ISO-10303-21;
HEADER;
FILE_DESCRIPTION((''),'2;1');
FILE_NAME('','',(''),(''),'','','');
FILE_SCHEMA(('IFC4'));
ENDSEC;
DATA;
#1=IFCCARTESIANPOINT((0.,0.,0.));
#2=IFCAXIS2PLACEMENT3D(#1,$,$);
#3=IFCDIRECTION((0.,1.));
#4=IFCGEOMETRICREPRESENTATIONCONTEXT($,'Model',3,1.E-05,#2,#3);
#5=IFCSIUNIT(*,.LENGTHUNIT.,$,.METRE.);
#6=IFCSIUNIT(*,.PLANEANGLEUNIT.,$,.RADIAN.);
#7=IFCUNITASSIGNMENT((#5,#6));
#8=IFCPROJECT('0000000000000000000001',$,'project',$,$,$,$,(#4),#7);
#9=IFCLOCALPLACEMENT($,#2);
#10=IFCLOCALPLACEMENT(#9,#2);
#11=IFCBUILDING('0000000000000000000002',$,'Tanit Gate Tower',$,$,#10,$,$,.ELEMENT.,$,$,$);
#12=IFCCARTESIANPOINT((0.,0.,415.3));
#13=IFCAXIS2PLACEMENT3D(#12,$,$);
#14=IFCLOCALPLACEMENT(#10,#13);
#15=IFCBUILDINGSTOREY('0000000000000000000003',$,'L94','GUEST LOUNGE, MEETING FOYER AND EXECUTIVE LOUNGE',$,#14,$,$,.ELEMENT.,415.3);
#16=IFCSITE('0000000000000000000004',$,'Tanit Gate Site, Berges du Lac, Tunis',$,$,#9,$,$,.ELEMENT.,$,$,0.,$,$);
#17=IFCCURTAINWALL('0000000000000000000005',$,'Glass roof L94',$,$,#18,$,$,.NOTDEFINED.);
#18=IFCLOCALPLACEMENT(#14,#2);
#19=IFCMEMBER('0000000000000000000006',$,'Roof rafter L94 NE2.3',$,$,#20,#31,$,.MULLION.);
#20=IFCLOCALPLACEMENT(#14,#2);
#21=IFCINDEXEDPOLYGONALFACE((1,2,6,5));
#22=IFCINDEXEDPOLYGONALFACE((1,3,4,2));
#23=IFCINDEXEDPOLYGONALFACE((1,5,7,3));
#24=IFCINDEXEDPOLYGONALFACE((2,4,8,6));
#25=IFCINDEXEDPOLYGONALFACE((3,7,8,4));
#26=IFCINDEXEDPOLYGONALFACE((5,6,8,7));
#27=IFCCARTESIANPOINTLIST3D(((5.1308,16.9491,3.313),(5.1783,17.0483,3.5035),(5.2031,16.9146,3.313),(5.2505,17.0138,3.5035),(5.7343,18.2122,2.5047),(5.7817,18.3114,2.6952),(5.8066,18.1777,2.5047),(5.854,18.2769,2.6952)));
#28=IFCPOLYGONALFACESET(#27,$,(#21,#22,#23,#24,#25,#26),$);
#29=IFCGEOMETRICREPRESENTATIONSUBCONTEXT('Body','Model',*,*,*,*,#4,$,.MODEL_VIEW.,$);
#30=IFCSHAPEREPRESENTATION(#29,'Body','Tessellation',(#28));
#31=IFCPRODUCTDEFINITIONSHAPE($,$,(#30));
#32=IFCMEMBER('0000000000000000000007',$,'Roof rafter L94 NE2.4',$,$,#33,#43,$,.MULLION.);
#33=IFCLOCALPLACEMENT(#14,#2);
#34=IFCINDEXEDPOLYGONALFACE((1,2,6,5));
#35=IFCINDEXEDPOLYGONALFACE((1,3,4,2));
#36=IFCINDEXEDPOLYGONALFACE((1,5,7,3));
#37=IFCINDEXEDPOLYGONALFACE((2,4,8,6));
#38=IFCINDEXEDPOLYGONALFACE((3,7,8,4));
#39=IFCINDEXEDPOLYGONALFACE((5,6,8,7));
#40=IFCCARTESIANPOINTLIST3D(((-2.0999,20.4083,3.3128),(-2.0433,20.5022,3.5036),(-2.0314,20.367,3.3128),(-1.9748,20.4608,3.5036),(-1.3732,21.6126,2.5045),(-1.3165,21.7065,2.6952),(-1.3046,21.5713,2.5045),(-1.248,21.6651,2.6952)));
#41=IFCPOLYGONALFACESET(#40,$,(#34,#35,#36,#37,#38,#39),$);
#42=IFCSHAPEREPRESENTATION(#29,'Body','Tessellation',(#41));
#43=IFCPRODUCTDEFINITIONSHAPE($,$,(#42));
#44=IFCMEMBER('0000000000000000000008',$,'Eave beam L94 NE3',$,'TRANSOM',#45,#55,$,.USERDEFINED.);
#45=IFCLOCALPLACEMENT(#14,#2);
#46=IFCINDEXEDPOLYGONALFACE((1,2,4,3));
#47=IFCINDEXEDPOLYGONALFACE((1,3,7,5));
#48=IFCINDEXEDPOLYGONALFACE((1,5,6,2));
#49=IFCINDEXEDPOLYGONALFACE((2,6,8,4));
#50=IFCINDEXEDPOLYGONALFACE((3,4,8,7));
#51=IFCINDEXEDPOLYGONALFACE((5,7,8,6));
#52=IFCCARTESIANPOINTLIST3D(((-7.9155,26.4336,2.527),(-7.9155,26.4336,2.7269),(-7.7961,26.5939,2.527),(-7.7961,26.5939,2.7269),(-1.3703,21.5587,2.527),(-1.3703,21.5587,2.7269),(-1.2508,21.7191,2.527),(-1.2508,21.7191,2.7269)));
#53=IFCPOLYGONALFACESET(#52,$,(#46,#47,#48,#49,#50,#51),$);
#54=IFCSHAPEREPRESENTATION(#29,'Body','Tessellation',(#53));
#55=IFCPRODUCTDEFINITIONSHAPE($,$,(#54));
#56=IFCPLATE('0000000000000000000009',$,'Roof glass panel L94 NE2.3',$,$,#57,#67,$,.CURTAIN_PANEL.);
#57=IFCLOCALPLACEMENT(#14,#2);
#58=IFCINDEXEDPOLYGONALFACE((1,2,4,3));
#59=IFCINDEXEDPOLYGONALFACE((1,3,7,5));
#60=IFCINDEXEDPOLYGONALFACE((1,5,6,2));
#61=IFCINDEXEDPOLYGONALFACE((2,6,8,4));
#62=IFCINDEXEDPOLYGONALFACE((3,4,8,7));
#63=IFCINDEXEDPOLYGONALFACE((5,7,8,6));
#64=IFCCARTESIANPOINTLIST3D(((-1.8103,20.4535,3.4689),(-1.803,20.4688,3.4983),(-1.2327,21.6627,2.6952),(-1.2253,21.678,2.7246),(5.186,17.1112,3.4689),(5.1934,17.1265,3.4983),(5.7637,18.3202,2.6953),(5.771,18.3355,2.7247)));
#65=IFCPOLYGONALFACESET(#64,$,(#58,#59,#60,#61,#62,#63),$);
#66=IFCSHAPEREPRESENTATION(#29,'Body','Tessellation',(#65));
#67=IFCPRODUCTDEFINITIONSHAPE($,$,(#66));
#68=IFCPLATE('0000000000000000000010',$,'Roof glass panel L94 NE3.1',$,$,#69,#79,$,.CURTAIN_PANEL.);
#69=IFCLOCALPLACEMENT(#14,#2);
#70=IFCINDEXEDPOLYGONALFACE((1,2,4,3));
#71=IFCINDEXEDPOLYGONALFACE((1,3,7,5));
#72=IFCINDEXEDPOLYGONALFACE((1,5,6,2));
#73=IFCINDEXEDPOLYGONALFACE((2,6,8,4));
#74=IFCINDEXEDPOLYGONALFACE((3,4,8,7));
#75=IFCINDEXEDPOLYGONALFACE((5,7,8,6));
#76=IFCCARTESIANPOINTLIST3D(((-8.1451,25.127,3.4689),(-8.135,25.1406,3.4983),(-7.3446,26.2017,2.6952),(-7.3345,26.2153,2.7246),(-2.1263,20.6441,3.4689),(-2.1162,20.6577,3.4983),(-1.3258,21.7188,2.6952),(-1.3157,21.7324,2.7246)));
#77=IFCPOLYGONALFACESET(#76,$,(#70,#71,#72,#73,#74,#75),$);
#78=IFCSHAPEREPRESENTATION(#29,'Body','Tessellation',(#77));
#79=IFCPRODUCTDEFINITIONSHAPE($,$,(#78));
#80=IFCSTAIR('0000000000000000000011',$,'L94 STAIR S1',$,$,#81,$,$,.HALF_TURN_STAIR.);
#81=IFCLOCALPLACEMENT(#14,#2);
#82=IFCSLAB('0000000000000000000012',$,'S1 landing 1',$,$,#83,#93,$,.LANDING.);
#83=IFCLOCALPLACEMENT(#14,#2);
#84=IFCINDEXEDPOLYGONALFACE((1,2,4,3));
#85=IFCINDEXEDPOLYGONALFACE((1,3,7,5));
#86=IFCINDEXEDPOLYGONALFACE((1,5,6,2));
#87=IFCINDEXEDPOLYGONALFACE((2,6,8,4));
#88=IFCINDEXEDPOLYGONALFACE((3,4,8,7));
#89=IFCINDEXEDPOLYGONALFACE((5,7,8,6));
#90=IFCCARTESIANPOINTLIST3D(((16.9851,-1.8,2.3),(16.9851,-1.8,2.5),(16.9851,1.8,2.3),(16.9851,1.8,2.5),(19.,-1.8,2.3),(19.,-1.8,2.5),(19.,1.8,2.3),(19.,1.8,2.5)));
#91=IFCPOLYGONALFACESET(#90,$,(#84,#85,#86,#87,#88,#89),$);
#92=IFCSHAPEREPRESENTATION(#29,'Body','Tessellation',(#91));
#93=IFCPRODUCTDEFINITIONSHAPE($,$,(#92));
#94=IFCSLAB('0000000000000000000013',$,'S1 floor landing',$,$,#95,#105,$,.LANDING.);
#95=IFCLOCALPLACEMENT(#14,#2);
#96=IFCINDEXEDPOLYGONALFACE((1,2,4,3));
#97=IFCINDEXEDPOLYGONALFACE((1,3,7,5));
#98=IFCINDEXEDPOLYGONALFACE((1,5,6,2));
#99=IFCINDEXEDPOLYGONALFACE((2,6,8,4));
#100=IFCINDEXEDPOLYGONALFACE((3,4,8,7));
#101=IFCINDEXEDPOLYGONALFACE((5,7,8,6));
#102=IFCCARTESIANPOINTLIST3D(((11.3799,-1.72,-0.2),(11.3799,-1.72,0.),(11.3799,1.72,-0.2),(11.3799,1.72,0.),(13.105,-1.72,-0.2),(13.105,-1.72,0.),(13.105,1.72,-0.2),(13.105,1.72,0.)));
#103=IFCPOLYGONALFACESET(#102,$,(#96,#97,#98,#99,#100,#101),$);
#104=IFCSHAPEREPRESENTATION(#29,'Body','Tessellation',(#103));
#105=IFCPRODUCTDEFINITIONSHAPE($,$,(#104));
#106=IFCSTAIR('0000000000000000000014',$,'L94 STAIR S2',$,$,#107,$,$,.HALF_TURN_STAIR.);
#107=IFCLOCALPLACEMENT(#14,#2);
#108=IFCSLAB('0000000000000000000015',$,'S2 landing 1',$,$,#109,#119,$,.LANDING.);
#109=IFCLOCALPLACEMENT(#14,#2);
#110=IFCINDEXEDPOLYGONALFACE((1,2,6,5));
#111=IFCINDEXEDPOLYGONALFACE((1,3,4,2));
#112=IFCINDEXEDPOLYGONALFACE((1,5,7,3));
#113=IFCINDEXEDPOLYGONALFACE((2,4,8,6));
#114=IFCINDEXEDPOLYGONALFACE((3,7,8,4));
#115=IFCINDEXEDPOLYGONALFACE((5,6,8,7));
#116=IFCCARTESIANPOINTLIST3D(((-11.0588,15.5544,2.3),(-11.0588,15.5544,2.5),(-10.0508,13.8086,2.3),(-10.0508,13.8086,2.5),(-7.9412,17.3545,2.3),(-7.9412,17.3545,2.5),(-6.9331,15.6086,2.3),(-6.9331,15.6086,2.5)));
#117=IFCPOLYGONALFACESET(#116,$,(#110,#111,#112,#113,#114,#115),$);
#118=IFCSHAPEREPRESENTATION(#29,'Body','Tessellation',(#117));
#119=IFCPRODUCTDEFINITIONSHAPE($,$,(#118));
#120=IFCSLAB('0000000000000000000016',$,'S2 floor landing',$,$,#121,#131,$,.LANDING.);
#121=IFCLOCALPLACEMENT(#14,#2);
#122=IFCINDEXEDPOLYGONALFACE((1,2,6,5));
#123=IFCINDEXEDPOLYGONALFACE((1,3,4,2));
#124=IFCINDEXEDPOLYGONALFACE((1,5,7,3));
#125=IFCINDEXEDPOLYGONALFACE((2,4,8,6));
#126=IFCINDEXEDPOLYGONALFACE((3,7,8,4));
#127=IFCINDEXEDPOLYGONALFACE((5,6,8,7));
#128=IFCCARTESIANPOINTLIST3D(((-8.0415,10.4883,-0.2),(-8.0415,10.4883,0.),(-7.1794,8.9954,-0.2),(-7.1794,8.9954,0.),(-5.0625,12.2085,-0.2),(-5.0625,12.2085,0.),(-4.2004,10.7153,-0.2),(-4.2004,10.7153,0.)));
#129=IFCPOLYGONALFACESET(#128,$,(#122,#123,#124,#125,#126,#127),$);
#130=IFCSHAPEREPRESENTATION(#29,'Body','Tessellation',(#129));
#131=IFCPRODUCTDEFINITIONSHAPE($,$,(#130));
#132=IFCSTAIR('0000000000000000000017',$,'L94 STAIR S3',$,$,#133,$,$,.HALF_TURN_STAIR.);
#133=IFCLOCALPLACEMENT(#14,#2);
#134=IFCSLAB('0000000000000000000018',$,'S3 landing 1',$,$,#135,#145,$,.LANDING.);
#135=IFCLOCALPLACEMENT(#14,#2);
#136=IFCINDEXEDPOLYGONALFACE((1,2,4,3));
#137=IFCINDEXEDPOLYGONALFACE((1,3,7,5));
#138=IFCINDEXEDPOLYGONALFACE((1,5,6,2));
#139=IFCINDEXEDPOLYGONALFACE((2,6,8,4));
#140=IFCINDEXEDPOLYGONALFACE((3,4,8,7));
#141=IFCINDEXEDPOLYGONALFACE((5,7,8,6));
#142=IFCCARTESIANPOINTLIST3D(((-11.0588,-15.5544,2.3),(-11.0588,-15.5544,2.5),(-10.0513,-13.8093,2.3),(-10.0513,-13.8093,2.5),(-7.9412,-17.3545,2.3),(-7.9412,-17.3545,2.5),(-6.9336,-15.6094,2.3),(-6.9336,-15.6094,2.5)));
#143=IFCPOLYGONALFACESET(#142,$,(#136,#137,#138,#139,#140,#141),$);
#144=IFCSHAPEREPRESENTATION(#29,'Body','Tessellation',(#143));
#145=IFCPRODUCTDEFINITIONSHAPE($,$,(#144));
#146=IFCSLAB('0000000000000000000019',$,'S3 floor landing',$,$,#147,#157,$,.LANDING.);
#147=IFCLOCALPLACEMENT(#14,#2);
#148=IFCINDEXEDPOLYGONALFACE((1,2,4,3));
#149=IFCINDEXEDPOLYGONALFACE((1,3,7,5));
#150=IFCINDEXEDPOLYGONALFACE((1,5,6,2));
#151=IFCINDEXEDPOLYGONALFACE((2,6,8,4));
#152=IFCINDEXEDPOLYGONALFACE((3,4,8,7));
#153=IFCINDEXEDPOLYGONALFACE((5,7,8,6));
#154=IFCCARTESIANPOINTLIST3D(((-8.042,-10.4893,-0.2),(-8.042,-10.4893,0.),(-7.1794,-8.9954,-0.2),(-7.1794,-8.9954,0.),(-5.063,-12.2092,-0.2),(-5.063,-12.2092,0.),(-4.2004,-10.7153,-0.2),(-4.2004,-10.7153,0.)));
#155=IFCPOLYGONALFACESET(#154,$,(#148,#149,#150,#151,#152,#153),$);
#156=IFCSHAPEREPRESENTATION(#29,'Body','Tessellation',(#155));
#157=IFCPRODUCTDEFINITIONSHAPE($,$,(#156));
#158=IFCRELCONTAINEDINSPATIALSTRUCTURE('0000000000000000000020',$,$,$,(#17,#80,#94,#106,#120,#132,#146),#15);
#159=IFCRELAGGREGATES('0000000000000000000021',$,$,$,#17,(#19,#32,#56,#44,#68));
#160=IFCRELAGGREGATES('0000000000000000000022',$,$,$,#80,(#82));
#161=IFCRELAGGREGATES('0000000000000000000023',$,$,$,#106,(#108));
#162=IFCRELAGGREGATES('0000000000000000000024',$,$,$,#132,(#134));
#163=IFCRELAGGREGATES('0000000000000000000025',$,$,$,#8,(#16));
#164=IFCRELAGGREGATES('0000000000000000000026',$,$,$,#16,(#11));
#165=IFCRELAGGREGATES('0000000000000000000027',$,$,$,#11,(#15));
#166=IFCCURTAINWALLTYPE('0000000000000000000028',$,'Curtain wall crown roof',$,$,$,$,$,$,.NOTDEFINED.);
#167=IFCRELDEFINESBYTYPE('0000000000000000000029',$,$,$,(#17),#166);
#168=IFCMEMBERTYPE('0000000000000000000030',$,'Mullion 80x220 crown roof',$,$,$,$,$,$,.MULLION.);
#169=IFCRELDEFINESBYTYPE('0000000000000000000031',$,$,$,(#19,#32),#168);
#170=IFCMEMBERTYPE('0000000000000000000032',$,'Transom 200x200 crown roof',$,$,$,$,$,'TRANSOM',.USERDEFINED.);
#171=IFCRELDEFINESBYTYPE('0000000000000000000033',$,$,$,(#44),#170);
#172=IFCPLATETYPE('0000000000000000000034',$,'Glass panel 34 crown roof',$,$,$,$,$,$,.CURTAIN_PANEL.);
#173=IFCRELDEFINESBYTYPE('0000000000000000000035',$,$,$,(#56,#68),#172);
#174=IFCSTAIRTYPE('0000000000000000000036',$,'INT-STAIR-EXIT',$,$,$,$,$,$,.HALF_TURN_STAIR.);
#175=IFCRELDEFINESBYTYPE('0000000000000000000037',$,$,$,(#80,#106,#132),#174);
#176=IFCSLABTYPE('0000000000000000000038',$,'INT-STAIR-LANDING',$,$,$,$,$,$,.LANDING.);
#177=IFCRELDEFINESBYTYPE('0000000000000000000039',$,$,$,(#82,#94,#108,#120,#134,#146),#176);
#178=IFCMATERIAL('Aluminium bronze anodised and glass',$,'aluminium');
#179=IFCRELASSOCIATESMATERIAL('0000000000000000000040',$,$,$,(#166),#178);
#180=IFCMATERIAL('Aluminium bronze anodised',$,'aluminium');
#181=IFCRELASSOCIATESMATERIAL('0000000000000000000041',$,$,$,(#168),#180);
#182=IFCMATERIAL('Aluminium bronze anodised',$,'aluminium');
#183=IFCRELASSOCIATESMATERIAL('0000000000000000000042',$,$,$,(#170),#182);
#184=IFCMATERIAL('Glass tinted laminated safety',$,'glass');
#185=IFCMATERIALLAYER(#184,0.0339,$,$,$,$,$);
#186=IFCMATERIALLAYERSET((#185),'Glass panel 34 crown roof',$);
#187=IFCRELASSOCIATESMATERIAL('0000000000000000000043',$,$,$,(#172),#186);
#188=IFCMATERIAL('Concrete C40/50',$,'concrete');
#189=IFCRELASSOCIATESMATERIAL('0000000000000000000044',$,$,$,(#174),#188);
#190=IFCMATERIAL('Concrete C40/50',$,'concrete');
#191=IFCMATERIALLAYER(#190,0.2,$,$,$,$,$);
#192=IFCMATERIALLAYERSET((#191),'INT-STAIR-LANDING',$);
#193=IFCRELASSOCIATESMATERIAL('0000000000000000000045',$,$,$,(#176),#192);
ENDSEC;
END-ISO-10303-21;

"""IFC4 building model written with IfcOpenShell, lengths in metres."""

from ifc_helpers import new_model, si_unit, direction, frame, origin, origin_2d, place, context, subcontext, project, spatial, polyline, rectangle, outline, extrude, material, layer, layer_set, material_profile, profile_set, type_object, element, aggregate, save


model = new_model("IFC4")

# Units and contexts
model_context = context("Model", 3, precision=1e-05, world=origin(), true_north=direction((0.0, 1.0)))
body_context = subcontext(model_context, "Body", "Model", "MODEL_VIEW")
ifc_project = project(units=[si_unit("LENGTHUNIT", "METRE"), si_unit("PLANEANGLEUNIT", "RADIAN")], contexts=[model_context])

# Site, building, storey
site_placement = place(None, origin())
site = spatial("IfcSite", under=ifc_project, at=site_placement, Name="Tanit Gate Site, Berges du Lac, Tunis", CompositionType="ELEMENT", RefElevation=0.0)
building_placement = place(site_placement, origin())
building = spatial("IfcBuilding", under=site, at=building_placement, Name="Tanit Gate Tower", CompositionType="ELEMENT")
storey_placement = place(building_placement, frame((0.0, 0.0, 415.3)))
storey = spatial("IfcBuildingStorey", under=building, at=storey_placement, Name="L94", Description="GUEST LOUNGE, MEETING FOYER AND EXECUTIVE LOUNGE", CompositionType="ELEMENT", Elevation=415.3)

# Curtain wall, members, plates
ifc_material_1 = material(Name="Aluminium bronze anodised and glass", Category="aluminium")
curtain_wall_type = type_object("IfcCurtainWallType", Name="Curtain wall crown roof", PredefinedType="NOTDEFINED", material=ifc_material_1)
curtain_wall_placement = place(storey_placement, origin())
curtain_wall = element("IfcCurtainWall", 1, at=curtain_wall_placement, inside=storey, type_object=curtain_wall_type, Name="Glass roof L94", PredefinedType="NOTDEFINED")
ifc_material_2 = material(Name="Aluminium bronze anodised", Category="aluminium")
ifc_material_profile_1 = material_profile(ifc_material_2, rectangle(XDim=0.0801, YDim=0.22, at=origin_2d()), Name="80x220 bronze rafter")
ifc_profile_set_1 = profile_set([ifc_material_profile_1], Name="Aluminium bronze anodised")
member_type_1 = type_object("IfcMemberType", Name="Mullion 80x220 crown roof", PredefinedType="MULLION", material=ifc_profile_set_1)
member_1_placement = place(storey_placement, frame((5.1907, 16.9814, 3.4082), z_axis=(0.373331, 0.781398, -0.500041), x_axis=(-0.902305, 0.431098, 0.0)))
member_1 = element("IfcMember", 2, at=member_1_placement, type_object=member_type_1, Name="Roof rafter L94 NE2.3", PredefinedType="MULLION", context=body_context, shape_type="SweptSolid", body=[
    extrude(rectangle(XDim=0.0801, YDim=0.22, at=origin_2d()), origin(), (0.0, 0.0, 1.0), 1.6165),
])
member_2_placement = place(storey_placement, frame((-2.0374, 20.4346, 3.4082), z_axis=(0.447987, 0.742331, -0.498248), x_axis=(-0.856173, 0.516689, 0.0)))
member_2 = element("IfcMember", 3, at=member_2_placement, type_object=member_type_1, Name="Roof rafter L94 NE2.4", PredefinedType="MULLION", context=body_context, shape_type="SweptSolid", body=[
    extrude(rectangle(XDim=0.0801, YDim=0.22, at=origin_2d()), origin(), (0.0, 0.0, 1.0), 1.6223),
])
ifc_material_3 = material(Name="Aluminium bronze anodised", Category="aluminium")
ifc_material_profile_2 = material_profile(ifc_material_3, rectangle(XDim=0.2, YDim=0.2, at=origin_2d()), Name="200x200 bronze transom")
ifc_profile_set_2 = profile_set([ifc_material_profile_2], Name="Aluminium bronze anodised")
member_type_2 = type_object("IfcMemberType", Name="Transom 200x200 crown roof", ElementType="TRANSOM", PredefinedType="USERDEFINED", material=ifc_profile_set_2)
member_3_placement = place(storey_placement, frame((-1.3105, 21.6389, 2.627), z_axis=(-0.802002, 0.597321, 0.0), x_axis=(-0.597321, -0.802002, 0.0)))
member_3 = element("IfcMember", 4, at=member_3_placement, type_object=member_type_2, Name="Eave beam L94 NE3", ObjectType="TRANSOM", PredefinedType="USERDEFINED", context=body_context, shape_type="SweptSolid", body=[
    extrude(rectangle(XDim=0.2, YDim=0.2, at=origin_2d()), origin(), (0.0, 0.0, 1.0), 8.1611),
])
ifc_material_4 = material(Name="Glass tinted laminated safety", Category="glass")
ifc_layer_1 = layer(ifc_material_4, 0.0339)
ifc_layer_set_1 = layer_set([ifc_layer_1], Name="Glass panel 34 crown roof")
plate_type = type_object("IfcPlateType", Name="Glass panel 34 crown roof", PredefinedType="CURTAIN_PANEL", material=ifc_layer_set_1)
plate_1_placement = place(storey_placement, frame((5.1934, 17.1265, 3.4983), z_axis=(0.215542, 0.451173, 0.866017), x_axis=(-0.902323, 0.431061, 0.000006)))
plate_1 = element("IfcPlate", 5, at=plate_1_placement, type_object=plate_type, Name="Roof glass panel L94 NE2.3", PredefinedType="CURTAIN_PANEL", context=body_context, shape_type="SweptSolid", body=[
    extrude(outline(polyline([(0.0, 0.0), (7.7537, 0.0), (7.7537, -1.5474), (-0.0001, -1.5472), (0.0, 0.0)])), origin(), (0.0, 0.0, -1.0), 0.0339),
])
plate_2_placement = place(storey_placement, frame((-2.1162, 20.6577, 3.4983), z_axis=(0.298662, 0.400986, 0.866032), x_axis=(-0.80199, 0.597337, 0.0)))
plate_2 = element("IfcPlate", 6, at=plate_2_placement, type_object=plate_type, Name="Roof glass panel L94 NE3.1", PredefinedType="CURTAIN_PANEL", context=body_context, shape_type="SweptSolid", body=[
    extrude(outline(polyline([(0.0, 0.0), (7.5048, 0.0), (7.5048, -1.5474), (-0.0001, -1.5474), (0.0, 0.0)])), origin(), (0.0, 0.0, -1.0), 0.0339),
])
aggregate(curtain_wall, [member_1, member_2, plate_1, member_3, plate_2])

# Stair, slab
ifc_material_5 = material(Name="Concrete C40/50", Category="concrete")
stair_type = type_object("IfcStairType", Name="INT-STAIR-EXIT", PredefinedType="HALF_TURN_STAIR", material=ifc_material_5)
stair_1_placement = place(storey_placement, origin())
stair_1 = element("IfcStair", 7, at=stair_1_placement, inside=storey, type_object=stair_type, Name="L94 STAIR S1", PredefinedType="HALF_TURN_STAIR")
ifc_material_6 = material(Name="Concrete C40/50", Category="concrete")
ifc_layer_2 = layer(ifc_material_6, 0.2)
ifc_layer_set_2 = layer_set([ifc_layer_2], Name="INT-STAIR-LANDING")
slab_type_1 = type_object("IfcSlabType", Name="INT-STAIR-LANDING", PredefinedType="LANDING", material=ifc_layer_set_2)
slab_1_placement = place(storey_placement, frame((0.0, 0.0, 2.3)))
slab_1 = element("IfcSlab", 8, at=slab_1_placement, type_object=slab_type_1, Name="S1 landing 1", PredefinedType="LANDING", context=body_context, shape_type="SweptSolid", body=[
    extrude(outline(polyline([(16.9851, -1.8), (19.0, -1.8), (19.0, 1.8), (16.9851, 1.8), (16.9851, -1.8)])), origin(), (0.0, 0.0, 1.0), 0.2),
])
aggregate(stair_1, [slab_1])

# Slab
slab_2_placement = place(storey_placement, frame((0.0, 0.0, -0.2)))
element("IfcSlab", 9, at=slab_2_placement, inside=storey, type_object=slab_type_1, Name="S1 floor landing", PredefinedType="LANDING", context=body_context, shape_type="SweptSolid", body=[
    extrude(outline(polyline([(11.3799, -1.72), (13.105, -1.72), (13.105, 1.72), (11.3799, 1.72), (11.3799, -1.72)])), origin(), (0.0, 0.0, 1.0), 0.2),
])

# Stair, slab
stair_2_placement = place(storey_placement, origin())
stair_2 = element("IfcStair", 10, at=stair_2_placement, inside=storey, type_object=stair_type, Name="L94 STAIR S2", PredefinedType="HALF_TURN_STAIR")
slab_3_placement = place(storey_placement, frame((0.0, 0.0, 2.3)))
slab_3 = element("IfcSlab", 11, at=slab_3_placement, type_object=slab_type_1, Name="S2 landing 1", PredefinedType="LANDING", context=body_context, shape_type="SweptSolid", body=[
    extrude(outline(polyline([(-6.9331, 15.6086), (-7.9412, 17.3545), (-11.0588, 15.5544), (-10.0508, 13.8086), (-6.9331, 15.6086)])), origin(), (0.0, 0.0, 1.0), 0.2),
])
aggregate(stair_2, [slab_3])

# Slab
slab_4_placement = place(storey_placement, frame((0.0, 0.0, -0.2)))
element("IfcSlab", 12, at=slab_4_placement, inside=storey, type_object=slab_type_1, Name="S2 floor landing", PredefinedType="LANDING", context=body_context, shape_type="SweptSolid", body=[
    extrude(outline(polyline([(-4.2004, 10.7153), (-5.0625, 12.2085), (-8.0415, 10.4883), (-7.1794, 8.9954), (-4.2004, 10.7153)])), origin(), (0.0, 0.0, 1.0), 0.2),
])

# Stair, slab
stair_3_placement = place(storey_placement, origin())
stair_3 = element("IfcStair", 13, at=stair_3_placement, inside=storey, type_object=stair_type, Name="L94 STAIR S3", PredefinedType="HALF_TURN_STAIR")
slab_5_placement = place(storey_placement, frame((0.0, 0.0, 2.3)))
slab_5 = element("IfcSlab", 14, at=slab_5_placement, type_object=slab_type_1, Name="S3 landing 1", PredefinedType="LANDING", context=body_context, shape_type="SweptSolid", body=[
    extrude(outline(polyline([(-10.0513, -13.8093), (-11.0588, -15.5544), (-7.9412, -17.3545), (-6.9336, -15.6094), (-10.0513, -13.8093)])), origin(), (0.0, 0.0, 1.0), 0.2),
])
aggregate(stair_3, [slab_5])

# Slab
slab_6_placement = place(storey_placement, frame((0.0, 0.0, -0.2)))
element("IfcSlab", 15, at=slab_6_placement, inside=storey, type_object=slab_type_1, Name="S3 floor landing", PredefinedType="LANDING", context=body_context, shape_type="SweptSolid", body=[
    extrude(outline(polyline([(-7.1794, -8.9954), (-8.042, -10.4893), (-5.063, -12.2092), (-4.2004, -10.7153), (-7.1794, -8.9954)])), origin(), (0.0, 0.0, 1.0), 0.2),
])

save(model, "model.ifc")
